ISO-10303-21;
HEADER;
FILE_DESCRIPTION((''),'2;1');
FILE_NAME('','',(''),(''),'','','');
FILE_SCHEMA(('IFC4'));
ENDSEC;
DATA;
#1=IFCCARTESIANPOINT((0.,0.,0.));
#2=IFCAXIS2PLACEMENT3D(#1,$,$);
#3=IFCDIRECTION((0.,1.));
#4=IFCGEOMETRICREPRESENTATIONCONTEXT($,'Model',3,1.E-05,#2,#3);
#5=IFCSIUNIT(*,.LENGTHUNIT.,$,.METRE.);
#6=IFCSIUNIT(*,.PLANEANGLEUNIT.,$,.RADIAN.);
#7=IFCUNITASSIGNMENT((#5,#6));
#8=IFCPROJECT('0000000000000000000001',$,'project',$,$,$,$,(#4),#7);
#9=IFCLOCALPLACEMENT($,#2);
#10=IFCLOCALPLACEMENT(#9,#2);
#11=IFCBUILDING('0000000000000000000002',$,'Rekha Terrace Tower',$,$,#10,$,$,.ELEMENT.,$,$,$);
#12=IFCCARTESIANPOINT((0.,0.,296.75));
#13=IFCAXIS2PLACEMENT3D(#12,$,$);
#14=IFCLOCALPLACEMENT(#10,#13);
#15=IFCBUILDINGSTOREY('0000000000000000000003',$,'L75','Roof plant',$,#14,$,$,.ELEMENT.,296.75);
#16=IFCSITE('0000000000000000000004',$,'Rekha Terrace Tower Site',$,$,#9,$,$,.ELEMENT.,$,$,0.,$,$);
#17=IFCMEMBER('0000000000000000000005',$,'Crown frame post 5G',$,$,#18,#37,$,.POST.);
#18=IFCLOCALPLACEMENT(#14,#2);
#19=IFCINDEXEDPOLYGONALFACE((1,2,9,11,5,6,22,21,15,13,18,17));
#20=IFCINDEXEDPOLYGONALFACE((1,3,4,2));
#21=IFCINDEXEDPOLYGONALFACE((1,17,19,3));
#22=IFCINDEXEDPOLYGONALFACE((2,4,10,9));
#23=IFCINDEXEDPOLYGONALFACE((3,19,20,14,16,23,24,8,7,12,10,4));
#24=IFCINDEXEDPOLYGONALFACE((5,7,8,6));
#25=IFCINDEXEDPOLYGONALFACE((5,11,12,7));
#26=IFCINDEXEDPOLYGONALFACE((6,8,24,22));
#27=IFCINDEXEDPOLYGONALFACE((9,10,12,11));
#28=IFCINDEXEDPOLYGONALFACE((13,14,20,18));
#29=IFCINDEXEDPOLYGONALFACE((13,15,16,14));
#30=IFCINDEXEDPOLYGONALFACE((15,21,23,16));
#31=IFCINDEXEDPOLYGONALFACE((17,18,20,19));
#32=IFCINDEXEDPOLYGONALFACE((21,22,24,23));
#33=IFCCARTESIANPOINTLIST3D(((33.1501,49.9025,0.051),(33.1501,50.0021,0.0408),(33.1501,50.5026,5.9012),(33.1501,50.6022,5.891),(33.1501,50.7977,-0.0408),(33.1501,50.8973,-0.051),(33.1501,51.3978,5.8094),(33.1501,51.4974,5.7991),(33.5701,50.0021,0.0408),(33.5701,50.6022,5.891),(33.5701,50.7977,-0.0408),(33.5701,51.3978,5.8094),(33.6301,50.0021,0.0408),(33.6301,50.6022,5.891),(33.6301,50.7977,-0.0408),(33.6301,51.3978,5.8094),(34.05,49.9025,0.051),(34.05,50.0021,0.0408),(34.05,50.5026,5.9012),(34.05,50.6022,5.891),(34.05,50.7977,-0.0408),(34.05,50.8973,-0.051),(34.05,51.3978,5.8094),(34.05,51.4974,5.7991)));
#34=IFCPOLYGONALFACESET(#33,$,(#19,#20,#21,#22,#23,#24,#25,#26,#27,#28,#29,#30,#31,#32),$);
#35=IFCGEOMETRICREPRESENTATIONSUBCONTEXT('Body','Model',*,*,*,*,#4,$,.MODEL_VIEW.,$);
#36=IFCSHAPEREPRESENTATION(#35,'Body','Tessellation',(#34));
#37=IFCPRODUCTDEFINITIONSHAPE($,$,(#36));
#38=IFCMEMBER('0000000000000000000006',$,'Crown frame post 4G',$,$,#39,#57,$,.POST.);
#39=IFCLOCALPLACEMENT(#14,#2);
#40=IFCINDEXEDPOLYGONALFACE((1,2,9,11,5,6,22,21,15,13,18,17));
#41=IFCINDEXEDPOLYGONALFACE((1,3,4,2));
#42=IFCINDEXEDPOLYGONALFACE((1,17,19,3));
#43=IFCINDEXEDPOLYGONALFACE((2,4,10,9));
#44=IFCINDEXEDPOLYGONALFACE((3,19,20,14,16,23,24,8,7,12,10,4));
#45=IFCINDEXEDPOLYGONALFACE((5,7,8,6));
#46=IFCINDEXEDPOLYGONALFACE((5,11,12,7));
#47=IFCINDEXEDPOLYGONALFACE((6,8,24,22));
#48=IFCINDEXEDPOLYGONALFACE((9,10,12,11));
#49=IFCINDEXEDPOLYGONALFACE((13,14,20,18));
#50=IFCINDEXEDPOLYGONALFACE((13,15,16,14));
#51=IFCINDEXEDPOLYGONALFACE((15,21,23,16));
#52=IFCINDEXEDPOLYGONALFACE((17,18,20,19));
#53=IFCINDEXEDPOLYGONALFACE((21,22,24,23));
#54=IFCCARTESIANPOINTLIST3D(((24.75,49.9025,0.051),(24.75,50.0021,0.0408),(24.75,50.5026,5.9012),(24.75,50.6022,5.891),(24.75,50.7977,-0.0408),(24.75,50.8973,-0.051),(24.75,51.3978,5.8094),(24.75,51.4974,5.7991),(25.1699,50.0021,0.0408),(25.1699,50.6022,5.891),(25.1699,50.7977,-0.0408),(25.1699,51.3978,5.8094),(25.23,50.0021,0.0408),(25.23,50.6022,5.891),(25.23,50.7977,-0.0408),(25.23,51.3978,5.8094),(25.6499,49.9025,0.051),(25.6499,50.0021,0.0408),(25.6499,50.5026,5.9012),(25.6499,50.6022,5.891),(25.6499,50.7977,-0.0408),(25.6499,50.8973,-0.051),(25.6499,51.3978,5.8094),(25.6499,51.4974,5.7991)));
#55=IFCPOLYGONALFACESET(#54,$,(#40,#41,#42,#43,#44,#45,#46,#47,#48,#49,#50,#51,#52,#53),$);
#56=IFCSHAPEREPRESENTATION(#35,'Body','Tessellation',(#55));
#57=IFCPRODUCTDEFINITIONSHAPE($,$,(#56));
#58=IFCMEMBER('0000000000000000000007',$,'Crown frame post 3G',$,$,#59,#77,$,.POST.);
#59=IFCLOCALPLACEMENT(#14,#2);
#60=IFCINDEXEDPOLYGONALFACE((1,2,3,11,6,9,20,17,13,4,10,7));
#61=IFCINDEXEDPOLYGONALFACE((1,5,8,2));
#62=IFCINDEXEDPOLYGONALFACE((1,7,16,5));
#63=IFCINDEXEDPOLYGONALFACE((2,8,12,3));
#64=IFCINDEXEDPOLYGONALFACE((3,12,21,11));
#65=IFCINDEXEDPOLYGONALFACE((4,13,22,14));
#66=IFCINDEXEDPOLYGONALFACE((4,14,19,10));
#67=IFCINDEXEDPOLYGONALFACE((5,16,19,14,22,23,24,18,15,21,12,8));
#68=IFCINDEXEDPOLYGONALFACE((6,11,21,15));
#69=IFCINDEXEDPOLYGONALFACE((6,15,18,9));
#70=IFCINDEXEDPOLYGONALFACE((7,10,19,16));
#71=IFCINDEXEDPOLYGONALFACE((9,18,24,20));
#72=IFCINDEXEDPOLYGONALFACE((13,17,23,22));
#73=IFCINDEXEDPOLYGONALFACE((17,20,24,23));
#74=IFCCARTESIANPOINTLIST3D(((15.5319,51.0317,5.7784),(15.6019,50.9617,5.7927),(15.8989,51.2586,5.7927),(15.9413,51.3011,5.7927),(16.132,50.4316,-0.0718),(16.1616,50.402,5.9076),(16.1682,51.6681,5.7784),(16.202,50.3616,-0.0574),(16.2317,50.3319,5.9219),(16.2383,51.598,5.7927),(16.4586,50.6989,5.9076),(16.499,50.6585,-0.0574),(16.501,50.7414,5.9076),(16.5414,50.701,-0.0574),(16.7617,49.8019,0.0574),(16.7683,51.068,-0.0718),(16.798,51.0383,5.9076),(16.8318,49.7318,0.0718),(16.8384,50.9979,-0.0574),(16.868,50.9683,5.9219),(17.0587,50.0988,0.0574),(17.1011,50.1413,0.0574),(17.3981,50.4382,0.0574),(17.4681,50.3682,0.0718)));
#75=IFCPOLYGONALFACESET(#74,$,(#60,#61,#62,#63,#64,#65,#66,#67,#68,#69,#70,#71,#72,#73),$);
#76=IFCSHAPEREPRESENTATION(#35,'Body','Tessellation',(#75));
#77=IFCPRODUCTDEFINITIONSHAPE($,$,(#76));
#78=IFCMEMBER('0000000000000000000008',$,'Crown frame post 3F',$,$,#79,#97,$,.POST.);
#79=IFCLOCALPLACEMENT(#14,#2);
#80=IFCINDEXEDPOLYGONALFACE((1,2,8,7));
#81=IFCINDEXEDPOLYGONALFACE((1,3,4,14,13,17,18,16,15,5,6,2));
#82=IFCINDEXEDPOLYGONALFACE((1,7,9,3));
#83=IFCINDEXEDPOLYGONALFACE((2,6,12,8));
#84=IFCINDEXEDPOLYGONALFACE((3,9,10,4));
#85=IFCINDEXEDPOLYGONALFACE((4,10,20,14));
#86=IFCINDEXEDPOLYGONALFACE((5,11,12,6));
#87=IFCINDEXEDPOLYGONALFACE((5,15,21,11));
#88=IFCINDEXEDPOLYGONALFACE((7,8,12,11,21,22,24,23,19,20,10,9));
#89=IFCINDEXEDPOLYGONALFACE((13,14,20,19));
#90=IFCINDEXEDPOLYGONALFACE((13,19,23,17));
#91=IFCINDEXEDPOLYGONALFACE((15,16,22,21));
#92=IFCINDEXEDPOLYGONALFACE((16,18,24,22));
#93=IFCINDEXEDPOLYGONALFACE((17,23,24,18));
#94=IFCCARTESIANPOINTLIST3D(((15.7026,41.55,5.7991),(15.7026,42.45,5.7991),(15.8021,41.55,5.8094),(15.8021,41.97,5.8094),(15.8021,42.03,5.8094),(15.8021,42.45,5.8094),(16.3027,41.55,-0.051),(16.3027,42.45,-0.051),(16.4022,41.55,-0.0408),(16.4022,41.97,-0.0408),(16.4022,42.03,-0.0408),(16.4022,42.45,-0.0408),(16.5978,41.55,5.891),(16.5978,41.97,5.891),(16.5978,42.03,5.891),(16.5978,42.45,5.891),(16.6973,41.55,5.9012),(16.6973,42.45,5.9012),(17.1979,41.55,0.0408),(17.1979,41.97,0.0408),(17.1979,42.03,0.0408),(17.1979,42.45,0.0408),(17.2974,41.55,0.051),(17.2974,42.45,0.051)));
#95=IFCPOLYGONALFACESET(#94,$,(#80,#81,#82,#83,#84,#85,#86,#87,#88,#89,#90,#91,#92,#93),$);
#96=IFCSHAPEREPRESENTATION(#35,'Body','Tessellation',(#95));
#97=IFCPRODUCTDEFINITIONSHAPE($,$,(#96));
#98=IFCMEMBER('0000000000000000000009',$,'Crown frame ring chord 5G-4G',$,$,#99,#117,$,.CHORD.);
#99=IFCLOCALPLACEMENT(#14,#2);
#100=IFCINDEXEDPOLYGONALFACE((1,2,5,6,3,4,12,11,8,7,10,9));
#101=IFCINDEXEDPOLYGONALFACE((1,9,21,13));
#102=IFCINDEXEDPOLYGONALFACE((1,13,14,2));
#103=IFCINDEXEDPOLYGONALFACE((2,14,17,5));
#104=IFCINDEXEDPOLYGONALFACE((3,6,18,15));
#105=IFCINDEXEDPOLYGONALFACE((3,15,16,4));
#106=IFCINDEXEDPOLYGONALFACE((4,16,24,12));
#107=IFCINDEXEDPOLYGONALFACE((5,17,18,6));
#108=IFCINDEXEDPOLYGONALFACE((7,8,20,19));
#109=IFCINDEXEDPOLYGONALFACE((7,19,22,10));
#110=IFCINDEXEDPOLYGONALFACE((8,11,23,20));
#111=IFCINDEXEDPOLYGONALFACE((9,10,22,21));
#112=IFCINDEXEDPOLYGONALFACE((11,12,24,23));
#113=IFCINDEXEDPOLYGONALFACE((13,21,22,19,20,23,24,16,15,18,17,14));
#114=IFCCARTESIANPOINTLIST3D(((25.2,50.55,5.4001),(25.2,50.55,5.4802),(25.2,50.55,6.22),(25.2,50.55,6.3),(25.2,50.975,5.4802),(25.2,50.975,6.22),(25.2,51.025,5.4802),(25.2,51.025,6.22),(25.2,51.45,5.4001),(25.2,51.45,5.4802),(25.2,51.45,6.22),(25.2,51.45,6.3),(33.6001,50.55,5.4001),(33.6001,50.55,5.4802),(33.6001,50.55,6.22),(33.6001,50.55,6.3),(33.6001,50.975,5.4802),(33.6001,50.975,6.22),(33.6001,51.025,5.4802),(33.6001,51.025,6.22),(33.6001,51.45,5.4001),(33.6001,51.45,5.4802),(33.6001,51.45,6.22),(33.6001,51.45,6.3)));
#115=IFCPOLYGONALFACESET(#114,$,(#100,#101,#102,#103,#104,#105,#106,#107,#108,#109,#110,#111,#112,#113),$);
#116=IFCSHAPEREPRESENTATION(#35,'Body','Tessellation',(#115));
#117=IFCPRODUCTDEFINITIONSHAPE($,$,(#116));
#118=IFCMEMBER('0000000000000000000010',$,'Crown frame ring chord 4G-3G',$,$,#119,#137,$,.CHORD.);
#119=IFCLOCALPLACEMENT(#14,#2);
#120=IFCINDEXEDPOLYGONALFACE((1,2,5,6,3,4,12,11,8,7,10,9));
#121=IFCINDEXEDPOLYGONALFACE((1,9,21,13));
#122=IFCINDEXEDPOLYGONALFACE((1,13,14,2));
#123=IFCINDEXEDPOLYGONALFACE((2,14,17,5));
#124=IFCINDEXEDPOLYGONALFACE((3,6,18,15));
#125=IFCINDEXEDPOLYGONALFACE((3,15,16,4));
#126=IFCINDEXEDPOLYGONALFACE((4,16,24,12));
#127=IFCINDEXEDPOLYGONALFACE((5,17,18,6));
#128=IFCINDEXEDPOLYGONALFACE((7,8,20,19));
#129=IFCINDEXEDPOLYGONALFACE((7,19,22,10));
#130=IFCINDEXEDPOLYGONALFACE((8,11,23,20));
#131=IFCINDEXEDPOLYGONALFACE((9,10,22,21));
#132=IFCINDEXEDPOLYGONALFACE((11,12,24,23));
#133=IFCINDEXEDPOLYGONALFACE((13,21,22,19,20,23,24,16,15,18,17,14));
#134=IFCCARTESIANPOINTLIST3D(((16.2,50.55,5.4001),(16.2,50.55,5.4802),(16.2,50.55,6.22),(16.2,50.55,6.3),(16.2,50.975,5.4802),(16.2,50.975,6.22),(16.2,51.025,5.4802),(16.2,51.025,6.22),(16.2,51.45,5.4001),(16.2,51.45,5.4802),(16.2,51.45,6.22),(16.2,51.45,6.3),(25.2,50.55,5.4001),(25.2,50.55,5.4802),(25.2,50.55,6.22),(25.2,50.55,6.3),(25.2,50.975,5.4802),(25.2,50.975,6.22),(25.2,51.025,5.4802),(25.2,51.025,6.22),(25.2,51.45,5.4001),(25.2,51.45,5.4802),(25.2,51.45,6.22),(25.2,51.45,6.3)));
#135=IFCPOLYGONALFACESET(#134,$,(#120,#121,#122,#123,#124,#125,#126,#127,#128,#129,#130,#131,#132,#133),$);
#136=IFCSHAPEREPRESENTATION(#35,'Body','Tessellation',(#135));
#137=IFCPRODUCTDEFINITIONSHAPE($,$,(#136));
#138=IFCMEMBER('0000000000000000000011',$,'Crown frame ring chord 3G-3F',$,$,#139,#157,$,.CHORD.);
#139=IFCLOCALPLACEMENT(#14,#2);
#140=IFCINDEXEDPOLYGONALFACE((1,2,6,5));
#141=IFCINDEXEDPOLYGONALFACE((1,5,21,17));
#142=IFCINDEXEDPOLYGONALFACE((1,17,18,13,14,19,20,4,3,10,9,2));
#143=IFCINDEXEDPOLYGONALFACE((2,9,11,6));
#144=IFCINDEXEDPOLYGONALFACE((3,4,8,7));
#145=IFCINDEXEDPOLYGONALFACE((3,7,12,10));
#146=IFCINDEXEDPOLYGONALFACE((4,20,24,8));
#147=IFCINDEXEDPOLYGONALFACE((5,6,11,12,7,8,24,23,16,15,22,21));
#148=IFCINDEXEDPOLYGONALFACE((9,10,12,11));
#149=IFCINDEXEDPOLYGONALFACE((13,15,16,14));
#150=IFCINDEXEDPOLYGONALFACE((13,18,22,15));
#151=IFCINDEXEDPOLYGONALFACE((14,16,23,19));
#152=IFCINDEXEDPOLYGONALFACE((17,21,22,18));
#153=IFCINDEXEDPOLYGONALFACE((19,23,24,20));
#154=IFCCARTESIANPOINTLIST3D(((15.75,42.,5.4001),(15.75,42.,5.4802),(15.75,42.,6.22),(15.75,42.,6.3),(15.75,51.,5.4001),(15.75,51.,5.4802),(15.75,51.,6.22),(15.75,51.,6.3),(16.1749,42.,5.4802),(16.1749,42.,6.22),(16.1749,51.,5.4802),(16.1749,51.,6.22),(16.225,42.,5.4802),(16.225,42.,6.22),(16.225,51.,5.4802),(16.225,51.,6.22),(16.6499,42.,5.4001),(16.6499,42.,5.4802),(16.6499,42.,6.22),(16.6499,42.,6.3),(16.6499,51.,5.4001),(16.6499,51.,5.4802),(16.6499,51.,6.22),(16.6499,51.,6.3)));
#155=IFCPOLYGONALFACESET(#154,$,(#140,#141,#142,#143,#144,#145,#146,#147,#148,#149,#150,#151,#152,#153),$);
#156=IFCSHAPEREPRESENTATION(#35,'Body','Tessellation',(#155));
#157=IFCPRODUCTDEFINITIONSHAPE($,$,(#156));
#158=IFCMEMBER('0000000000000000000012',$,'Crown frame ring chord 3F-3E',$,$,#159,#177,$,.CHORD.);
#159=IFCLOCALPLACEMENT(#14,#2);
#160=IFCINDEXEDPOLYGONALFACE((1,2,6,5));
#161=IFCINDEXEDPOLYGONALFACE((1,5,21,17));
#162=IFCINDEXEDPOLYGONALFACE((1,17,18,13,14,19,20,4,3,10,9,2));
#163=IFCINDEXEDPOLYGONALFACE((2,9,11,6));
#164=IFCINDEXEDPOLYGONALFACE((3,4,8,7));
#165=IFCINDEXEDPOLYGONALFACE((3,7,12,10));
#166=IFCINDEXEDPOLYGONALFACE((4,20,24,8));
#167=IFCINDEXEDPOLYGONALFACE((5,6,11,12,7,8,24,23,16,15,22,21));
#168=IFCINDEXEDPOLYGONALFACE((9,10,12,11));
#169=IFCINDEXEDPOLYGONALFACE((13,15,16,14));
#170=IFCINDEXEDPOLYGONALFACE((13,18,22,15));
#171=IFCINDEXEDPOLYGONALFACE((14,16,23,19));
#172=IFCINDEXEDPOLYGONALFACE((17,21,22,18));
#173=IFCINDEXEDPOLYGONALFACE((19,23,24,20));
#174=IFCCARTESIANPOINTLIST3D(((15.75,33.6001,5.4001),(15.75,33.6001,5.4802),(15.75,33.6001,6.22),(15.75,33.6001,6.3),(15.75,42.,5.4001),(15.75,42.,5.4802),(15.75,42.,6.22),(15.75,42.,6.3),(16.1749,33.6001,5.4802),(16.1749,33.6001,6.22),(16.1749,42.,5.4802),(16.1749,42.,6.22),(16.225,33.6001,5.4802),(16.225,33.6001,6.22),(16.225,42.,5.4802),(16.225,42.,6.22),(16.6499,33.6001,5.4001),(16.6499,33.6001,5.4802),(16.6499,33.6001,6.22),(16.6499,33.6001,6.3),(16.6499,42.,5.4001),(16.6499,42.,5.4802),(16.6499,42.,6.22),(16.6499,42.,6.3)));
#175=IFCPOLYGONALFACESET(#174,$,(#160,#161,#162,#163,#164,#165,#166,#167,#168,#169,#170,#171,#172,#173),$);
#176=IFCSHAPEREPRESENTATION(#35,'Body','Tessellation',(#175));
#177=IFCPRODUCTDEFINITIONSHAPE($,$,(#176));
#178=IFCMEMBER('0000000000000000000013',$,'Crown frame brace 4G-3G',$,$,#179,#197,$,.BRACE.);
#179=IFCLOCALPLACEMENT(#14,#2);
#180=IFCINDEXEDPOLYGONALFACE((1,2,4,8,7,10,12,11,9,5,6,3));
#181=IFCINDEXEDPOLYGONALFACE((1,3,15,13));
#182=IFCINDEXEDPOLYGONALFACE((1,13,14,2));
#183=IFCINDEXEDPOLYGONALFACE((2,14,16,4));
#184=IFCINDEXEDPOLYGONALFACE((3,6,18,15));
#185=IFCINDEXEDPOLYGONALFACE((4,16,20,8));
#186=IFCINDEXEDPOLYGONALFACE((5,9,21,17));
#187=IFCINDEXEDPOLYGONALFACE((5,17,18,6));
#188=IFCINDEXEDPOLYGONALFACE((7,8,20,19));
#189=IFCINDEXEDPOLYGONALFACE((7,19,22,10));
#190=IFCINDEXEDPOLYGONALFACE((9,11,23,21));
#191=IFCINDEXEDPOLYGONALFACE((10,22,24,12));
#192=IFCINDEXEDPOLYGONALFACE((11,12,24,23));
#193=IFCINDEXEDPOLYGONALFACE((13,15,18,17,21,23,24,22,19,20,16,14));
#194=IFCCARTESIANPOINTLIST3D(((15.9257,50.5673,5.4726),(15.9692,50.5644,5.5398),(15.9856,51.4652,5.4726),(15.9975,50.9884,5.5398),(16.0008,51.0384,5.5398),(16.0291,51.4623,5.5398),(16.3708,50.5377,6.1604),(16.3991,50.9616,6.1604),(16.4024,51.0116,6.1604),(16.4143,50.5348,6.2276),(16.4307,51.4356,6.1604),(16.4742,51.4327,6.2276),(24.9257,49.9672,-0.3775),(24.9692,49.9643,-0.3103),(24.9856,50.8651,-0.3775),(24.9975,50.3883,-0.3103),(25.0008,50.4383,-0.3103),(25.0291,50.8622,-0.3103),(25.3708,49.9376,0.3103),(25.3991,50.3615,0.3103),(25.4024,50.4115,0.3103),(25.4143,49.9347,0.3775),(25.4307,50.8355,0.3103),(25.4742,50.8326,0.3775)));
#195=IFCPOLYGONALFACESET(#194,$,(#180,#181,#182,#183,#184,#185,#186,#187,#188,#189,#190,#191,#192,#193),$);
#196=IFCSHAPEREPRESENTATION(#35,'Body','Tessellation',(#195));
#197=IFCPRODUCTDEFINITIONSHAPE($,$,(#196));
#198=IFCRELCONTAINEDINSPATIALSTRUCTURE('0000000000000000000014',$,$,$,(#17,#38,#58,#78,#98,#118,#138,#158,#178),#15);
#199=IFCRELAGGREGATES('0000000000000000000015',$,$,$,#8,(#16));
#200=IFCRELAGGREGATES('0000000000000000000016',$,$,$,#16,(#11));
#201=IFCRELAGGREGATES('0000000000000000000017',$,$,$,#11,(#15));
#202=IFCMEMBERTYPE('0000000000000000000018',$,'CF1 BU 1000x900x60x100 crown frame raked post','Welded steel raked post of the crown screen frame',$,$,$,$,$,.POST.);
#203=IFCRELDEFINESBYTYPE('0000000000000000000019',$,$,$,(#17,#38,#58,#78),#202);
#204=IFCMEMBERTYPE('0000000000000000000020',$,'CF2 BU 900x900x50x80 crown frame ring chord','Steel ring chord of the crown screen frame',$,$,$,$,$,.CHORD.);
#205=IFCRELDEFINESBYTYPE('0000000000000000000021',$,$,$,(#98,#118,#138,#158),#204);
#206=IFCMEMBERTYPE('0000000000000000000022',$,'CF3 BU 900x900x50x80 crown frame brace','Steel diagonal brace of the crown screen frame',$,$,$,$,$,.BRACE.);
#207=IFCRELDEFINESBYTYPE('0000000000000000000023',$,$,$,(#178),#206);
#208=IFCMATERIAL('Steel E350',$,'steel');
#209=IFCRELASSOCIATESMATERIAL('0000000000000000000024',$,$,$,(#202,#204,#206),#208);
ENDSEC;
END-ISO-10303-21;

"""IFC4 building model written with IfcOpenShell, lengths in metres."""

from ifc_helpers import new_model, si_unit, direction, frame, origin, origin_2d, place, context, subcontext, project, spatial, i_section, extrude, material, material_profile, profile_set, type_object, element, save


model = new_model("IFC4")

# Units and contexts
model_context = context("Model", 3, precision=1e-05, world=origin(), true_north=direction((0.0, 1.0)))
body_context = subcontext(model_context, "Body", "Model", "MODEL_VIEW")
ifc_project = project(units=[si_unit("LENGTHUNIT", "METRE"), si_unit("PLANEANGLEUNIT", "RADIAN")], contexts=[model_context])

# Site, building, storey
site_placement = place(None, origin())
site = spatial("IfcSite", under=ifc_project, at=site_placement, Name="Rekha Terrace Tower Site", CompositionType="ELEMENT", RefElevation=0.0)
building_placement = place(site_placement, origin())
building = spatial("IfcBuilding", under=site, at=building_placement, Name="Rekha Terrace Tower", CompositionType="ELEMENT")
storey_placement = place(building_placement, frame((0.0, 0.0, 296.75)))
storey = spatial("IfcBuildingStorey", under=building, at=storey_placement, Name="L75", Description="Roof plant", CompositionType="ELEMENT", Elevation=296.75)

# Members
ifc_material_1 = material(Name="Steel E350", Category="steel")
ifc_material_profile_1 = material_profile(ifc_material_1, i_section(OverallWidth=0.8999, OverallDepth=1.0, WebThickness=0.0601, FlangeThickness=0.1001, at=origin_2d()), Name="BU 1000x900x60x100")
ifc_profile_set_1 = profile_set([ifc_material_profile_1], Name="Steel E350")
member_type_1 = type_object("IfcMemberType", Name="CF1 BU 1000x900x60x100 crown frame raked post", Description="Welded steel raked post of the crown screen frame", PredefinedType="POST", material=ifc_profile_set_1)
for number, where, z_axis, x_axis, name in (
    (1, (33.6001, 50.3999, 0.0), (0.0, 0.102044, 0.99478), (-1.0, 0.0, 0.0), "Crown frame post 5G"),
    (2, (25.2, 50.3999, 0.0), (0.0, 0.102044, 0.99478), (-1.0, 0.0, 0.0), "Crown frame post 4G"),
):
    element("IfcMember", number, at=place(storey_placement, frame(where, z_axis=z_axis, x_axis=x_axis)), inside=storey, type_object=member_type_1, Name=name, PredefinedType="POST", context=body_context, shape_type="SweptSolid", body=[
        extrude(i_section(OverallWidth=0.8999, OverallDepth=1.0, WebThickness=0.0601, FlangeThickness=0.1001, at=origin_2d()), origin(), (0.0, 0.0, 1.0), 5.8809),
    ])
member_1_placement = place(storey_placement, frame((16.8, 50.3999, 0.0), z_axis=(-0.101516, 0.101516, 0.989641), x_axis=(-0.707107, -0.707107, 0.0)))
element("IfcMember", 3, at=member_1_placement, inside=storey, type_object=member_type_1, Name="Crown frame post 3G", PredefinedType="POST", context=body_context, shape_type="SweptSolid", body=[
    extrude(i_section(OverallWidth=0.8999, OverallDepth=1.0, WebThickness=0.0601, FlangeThickness=0.1001, at=origin_2d()), origin(), (0.0, 0.0, 1.0), 5.9114),
])
member_2_placement = place(storey_placement, frame((16.8, 42.0, 0.0), z_axis=(-0.102044, 0.0, 0.99478), x_axis=(0.0, -1.0, 0.0)))
element("IfcMember", 4, at=member_2_placement, inside=storey, type_object=member_type_1, Name="Crown frame post 3F", PredefinedType="POST", context=body_context, shape_type="SweptSolid", body=[
    extrude(i_section(OverallWidth=0.8999, OverallDepth=1.0, WebThickness=0.0601, FlangeThickness=0.1001, at=origin_2d()), origin(), (0.0, 0.0, 1.0), 5.8809),
])
ifc_material_profile_2 = material_profile(ifc_material_1, i_section(OverallWidth=0.8999, OverallDepth=0.8999, WebThickness=0.05, FlangeThickness=0.0801, at=origin_2d()), Name="BU 900x900x50x80")
ifc_profile_set_2 = profile_set([ifc_material_profile_2], Name="Steel E350")
member_type_2 = type_object("IfcMemberType", Name="CF2 BU 900x900x50x80 crown frame ring chord", Description="Steel ring chord of the crown screen frame", PredefinedType="CHORD", material=ifc_profile_set_2)
member_3_placement = place(storey_placement, frame((33.6001, 51.0, 5.8501), z_axis=(-1.0, 0.0, 0.0), x_axis=(0.0, -1.0, 0.0)))
element("IfcMember", 5, at=member_3_placement, inside=storey, type_object=member_type_2, Name="Crown frame ring chord 5G-4G", PredefinedType="CHORD", context=body_context, shape_type="SweptSolid", body=[
    extrude(i_section(OverallWidth=0.8999, OverallDepth=0.8999, WebThickness=0.05, FlangeThickness=0.0801, at=origin_2d()), origin(), (0.0, 0.0, 1.0), 8.4001),
])
for number, where, z_axis, x_axis, name in (
    (6, (25.2, 51.0, 5.8501), (-1.0, 0.0, 0.0), (0.0, -1.0, 0.0), "Crown frame ring chord 4G-3G"),
    (7, (16.2, 51.0, 5.8501), (0.0, -1.0, 0.0), (1.0, 0.0, 0.0), "Crown frame ring chord 3G-3F"),
):
    element("IfcMember", number, at=place(storey_placement, frame(where, z_axis=z_axis, x_axis=x_axis)), inside=storey, type_object=member_type_2, Name=name, PredefinedType="CHORD", context=body_context, shape_type="SweptSolid", body=[
        extrude(i_section(OverallWidth=0.8999, OverallDepth=0.8999, WebThickness=0.05, FlangeThickness=0.0801, at=origin_2d()), origin(), (0.0, 0.0, 1.0), 9.0),
    ])
member_4_placement = place(storey_placement, frame((16.2, 42.0, 5.8501), z_axis=(0.0, -1.0, 0.0), x_axis=(1.0, 0.0, 0.0)))
element("IfcMember", 8, at=member_4_placement, inside=storey, type_object=member_type_2, Name="Crown frame ring chord 3F-3E", PredefinedType="CHORD", context=body_context, shape_type="SweptSolid", body=[
    extrude(i_section(OverallWidth=0.8999, OverallDepth=0.8999, WebThickness=0.05, FlangeThickness=0.0801, at=origin_2d()), origin(), (0.0, 0.0, 1.0), 8.3999),
])
ifc_material_profile_3 = material_profile(ifc_material_1, i_section(OverallWidth=0.8999, OverallDepth=0.8999, WebThickness=0.05, FlangeThickness=0.0801, at=origin_2d()), Name="BU 900x900x50x80")
ifc_profile_set_3 = profile_set([ifc_material_profile_3], Name="Steel E350")
member_type_3 = type_object("IfcMemberType", Name="CF3 BU 900x900x50x80 crown frame brace", Description="Steel diagonal brace of the crown screen frame", PredefinedType="BRACE", material=ifc_profile_set_3)
member_5_placement = place(storey_placement, frame((25.2, 50.3999, 0.0), z_axis=(-0.837132, 0.055818, 0.544145), x_axis=(-0.06653, -0.997784, 0.0)))
element("IfcMember", 9, at=member_5_placement, inside=storey, type_object=member_type_3, Name="Crown frame brace 4G-3G", PredefinedType="BRACE", context=body_context, shape_type="SweptSolid", body=[
    extrude(i_section(OverallWidth=0.8999, OverallDepth=0.8999, WebThickness=0.05, FlangeThickness=0.0801, at=origin_2d()), origin(), (0.0, 0.0, 1.0), 10.751),
])

save(model, "model.ifc")
